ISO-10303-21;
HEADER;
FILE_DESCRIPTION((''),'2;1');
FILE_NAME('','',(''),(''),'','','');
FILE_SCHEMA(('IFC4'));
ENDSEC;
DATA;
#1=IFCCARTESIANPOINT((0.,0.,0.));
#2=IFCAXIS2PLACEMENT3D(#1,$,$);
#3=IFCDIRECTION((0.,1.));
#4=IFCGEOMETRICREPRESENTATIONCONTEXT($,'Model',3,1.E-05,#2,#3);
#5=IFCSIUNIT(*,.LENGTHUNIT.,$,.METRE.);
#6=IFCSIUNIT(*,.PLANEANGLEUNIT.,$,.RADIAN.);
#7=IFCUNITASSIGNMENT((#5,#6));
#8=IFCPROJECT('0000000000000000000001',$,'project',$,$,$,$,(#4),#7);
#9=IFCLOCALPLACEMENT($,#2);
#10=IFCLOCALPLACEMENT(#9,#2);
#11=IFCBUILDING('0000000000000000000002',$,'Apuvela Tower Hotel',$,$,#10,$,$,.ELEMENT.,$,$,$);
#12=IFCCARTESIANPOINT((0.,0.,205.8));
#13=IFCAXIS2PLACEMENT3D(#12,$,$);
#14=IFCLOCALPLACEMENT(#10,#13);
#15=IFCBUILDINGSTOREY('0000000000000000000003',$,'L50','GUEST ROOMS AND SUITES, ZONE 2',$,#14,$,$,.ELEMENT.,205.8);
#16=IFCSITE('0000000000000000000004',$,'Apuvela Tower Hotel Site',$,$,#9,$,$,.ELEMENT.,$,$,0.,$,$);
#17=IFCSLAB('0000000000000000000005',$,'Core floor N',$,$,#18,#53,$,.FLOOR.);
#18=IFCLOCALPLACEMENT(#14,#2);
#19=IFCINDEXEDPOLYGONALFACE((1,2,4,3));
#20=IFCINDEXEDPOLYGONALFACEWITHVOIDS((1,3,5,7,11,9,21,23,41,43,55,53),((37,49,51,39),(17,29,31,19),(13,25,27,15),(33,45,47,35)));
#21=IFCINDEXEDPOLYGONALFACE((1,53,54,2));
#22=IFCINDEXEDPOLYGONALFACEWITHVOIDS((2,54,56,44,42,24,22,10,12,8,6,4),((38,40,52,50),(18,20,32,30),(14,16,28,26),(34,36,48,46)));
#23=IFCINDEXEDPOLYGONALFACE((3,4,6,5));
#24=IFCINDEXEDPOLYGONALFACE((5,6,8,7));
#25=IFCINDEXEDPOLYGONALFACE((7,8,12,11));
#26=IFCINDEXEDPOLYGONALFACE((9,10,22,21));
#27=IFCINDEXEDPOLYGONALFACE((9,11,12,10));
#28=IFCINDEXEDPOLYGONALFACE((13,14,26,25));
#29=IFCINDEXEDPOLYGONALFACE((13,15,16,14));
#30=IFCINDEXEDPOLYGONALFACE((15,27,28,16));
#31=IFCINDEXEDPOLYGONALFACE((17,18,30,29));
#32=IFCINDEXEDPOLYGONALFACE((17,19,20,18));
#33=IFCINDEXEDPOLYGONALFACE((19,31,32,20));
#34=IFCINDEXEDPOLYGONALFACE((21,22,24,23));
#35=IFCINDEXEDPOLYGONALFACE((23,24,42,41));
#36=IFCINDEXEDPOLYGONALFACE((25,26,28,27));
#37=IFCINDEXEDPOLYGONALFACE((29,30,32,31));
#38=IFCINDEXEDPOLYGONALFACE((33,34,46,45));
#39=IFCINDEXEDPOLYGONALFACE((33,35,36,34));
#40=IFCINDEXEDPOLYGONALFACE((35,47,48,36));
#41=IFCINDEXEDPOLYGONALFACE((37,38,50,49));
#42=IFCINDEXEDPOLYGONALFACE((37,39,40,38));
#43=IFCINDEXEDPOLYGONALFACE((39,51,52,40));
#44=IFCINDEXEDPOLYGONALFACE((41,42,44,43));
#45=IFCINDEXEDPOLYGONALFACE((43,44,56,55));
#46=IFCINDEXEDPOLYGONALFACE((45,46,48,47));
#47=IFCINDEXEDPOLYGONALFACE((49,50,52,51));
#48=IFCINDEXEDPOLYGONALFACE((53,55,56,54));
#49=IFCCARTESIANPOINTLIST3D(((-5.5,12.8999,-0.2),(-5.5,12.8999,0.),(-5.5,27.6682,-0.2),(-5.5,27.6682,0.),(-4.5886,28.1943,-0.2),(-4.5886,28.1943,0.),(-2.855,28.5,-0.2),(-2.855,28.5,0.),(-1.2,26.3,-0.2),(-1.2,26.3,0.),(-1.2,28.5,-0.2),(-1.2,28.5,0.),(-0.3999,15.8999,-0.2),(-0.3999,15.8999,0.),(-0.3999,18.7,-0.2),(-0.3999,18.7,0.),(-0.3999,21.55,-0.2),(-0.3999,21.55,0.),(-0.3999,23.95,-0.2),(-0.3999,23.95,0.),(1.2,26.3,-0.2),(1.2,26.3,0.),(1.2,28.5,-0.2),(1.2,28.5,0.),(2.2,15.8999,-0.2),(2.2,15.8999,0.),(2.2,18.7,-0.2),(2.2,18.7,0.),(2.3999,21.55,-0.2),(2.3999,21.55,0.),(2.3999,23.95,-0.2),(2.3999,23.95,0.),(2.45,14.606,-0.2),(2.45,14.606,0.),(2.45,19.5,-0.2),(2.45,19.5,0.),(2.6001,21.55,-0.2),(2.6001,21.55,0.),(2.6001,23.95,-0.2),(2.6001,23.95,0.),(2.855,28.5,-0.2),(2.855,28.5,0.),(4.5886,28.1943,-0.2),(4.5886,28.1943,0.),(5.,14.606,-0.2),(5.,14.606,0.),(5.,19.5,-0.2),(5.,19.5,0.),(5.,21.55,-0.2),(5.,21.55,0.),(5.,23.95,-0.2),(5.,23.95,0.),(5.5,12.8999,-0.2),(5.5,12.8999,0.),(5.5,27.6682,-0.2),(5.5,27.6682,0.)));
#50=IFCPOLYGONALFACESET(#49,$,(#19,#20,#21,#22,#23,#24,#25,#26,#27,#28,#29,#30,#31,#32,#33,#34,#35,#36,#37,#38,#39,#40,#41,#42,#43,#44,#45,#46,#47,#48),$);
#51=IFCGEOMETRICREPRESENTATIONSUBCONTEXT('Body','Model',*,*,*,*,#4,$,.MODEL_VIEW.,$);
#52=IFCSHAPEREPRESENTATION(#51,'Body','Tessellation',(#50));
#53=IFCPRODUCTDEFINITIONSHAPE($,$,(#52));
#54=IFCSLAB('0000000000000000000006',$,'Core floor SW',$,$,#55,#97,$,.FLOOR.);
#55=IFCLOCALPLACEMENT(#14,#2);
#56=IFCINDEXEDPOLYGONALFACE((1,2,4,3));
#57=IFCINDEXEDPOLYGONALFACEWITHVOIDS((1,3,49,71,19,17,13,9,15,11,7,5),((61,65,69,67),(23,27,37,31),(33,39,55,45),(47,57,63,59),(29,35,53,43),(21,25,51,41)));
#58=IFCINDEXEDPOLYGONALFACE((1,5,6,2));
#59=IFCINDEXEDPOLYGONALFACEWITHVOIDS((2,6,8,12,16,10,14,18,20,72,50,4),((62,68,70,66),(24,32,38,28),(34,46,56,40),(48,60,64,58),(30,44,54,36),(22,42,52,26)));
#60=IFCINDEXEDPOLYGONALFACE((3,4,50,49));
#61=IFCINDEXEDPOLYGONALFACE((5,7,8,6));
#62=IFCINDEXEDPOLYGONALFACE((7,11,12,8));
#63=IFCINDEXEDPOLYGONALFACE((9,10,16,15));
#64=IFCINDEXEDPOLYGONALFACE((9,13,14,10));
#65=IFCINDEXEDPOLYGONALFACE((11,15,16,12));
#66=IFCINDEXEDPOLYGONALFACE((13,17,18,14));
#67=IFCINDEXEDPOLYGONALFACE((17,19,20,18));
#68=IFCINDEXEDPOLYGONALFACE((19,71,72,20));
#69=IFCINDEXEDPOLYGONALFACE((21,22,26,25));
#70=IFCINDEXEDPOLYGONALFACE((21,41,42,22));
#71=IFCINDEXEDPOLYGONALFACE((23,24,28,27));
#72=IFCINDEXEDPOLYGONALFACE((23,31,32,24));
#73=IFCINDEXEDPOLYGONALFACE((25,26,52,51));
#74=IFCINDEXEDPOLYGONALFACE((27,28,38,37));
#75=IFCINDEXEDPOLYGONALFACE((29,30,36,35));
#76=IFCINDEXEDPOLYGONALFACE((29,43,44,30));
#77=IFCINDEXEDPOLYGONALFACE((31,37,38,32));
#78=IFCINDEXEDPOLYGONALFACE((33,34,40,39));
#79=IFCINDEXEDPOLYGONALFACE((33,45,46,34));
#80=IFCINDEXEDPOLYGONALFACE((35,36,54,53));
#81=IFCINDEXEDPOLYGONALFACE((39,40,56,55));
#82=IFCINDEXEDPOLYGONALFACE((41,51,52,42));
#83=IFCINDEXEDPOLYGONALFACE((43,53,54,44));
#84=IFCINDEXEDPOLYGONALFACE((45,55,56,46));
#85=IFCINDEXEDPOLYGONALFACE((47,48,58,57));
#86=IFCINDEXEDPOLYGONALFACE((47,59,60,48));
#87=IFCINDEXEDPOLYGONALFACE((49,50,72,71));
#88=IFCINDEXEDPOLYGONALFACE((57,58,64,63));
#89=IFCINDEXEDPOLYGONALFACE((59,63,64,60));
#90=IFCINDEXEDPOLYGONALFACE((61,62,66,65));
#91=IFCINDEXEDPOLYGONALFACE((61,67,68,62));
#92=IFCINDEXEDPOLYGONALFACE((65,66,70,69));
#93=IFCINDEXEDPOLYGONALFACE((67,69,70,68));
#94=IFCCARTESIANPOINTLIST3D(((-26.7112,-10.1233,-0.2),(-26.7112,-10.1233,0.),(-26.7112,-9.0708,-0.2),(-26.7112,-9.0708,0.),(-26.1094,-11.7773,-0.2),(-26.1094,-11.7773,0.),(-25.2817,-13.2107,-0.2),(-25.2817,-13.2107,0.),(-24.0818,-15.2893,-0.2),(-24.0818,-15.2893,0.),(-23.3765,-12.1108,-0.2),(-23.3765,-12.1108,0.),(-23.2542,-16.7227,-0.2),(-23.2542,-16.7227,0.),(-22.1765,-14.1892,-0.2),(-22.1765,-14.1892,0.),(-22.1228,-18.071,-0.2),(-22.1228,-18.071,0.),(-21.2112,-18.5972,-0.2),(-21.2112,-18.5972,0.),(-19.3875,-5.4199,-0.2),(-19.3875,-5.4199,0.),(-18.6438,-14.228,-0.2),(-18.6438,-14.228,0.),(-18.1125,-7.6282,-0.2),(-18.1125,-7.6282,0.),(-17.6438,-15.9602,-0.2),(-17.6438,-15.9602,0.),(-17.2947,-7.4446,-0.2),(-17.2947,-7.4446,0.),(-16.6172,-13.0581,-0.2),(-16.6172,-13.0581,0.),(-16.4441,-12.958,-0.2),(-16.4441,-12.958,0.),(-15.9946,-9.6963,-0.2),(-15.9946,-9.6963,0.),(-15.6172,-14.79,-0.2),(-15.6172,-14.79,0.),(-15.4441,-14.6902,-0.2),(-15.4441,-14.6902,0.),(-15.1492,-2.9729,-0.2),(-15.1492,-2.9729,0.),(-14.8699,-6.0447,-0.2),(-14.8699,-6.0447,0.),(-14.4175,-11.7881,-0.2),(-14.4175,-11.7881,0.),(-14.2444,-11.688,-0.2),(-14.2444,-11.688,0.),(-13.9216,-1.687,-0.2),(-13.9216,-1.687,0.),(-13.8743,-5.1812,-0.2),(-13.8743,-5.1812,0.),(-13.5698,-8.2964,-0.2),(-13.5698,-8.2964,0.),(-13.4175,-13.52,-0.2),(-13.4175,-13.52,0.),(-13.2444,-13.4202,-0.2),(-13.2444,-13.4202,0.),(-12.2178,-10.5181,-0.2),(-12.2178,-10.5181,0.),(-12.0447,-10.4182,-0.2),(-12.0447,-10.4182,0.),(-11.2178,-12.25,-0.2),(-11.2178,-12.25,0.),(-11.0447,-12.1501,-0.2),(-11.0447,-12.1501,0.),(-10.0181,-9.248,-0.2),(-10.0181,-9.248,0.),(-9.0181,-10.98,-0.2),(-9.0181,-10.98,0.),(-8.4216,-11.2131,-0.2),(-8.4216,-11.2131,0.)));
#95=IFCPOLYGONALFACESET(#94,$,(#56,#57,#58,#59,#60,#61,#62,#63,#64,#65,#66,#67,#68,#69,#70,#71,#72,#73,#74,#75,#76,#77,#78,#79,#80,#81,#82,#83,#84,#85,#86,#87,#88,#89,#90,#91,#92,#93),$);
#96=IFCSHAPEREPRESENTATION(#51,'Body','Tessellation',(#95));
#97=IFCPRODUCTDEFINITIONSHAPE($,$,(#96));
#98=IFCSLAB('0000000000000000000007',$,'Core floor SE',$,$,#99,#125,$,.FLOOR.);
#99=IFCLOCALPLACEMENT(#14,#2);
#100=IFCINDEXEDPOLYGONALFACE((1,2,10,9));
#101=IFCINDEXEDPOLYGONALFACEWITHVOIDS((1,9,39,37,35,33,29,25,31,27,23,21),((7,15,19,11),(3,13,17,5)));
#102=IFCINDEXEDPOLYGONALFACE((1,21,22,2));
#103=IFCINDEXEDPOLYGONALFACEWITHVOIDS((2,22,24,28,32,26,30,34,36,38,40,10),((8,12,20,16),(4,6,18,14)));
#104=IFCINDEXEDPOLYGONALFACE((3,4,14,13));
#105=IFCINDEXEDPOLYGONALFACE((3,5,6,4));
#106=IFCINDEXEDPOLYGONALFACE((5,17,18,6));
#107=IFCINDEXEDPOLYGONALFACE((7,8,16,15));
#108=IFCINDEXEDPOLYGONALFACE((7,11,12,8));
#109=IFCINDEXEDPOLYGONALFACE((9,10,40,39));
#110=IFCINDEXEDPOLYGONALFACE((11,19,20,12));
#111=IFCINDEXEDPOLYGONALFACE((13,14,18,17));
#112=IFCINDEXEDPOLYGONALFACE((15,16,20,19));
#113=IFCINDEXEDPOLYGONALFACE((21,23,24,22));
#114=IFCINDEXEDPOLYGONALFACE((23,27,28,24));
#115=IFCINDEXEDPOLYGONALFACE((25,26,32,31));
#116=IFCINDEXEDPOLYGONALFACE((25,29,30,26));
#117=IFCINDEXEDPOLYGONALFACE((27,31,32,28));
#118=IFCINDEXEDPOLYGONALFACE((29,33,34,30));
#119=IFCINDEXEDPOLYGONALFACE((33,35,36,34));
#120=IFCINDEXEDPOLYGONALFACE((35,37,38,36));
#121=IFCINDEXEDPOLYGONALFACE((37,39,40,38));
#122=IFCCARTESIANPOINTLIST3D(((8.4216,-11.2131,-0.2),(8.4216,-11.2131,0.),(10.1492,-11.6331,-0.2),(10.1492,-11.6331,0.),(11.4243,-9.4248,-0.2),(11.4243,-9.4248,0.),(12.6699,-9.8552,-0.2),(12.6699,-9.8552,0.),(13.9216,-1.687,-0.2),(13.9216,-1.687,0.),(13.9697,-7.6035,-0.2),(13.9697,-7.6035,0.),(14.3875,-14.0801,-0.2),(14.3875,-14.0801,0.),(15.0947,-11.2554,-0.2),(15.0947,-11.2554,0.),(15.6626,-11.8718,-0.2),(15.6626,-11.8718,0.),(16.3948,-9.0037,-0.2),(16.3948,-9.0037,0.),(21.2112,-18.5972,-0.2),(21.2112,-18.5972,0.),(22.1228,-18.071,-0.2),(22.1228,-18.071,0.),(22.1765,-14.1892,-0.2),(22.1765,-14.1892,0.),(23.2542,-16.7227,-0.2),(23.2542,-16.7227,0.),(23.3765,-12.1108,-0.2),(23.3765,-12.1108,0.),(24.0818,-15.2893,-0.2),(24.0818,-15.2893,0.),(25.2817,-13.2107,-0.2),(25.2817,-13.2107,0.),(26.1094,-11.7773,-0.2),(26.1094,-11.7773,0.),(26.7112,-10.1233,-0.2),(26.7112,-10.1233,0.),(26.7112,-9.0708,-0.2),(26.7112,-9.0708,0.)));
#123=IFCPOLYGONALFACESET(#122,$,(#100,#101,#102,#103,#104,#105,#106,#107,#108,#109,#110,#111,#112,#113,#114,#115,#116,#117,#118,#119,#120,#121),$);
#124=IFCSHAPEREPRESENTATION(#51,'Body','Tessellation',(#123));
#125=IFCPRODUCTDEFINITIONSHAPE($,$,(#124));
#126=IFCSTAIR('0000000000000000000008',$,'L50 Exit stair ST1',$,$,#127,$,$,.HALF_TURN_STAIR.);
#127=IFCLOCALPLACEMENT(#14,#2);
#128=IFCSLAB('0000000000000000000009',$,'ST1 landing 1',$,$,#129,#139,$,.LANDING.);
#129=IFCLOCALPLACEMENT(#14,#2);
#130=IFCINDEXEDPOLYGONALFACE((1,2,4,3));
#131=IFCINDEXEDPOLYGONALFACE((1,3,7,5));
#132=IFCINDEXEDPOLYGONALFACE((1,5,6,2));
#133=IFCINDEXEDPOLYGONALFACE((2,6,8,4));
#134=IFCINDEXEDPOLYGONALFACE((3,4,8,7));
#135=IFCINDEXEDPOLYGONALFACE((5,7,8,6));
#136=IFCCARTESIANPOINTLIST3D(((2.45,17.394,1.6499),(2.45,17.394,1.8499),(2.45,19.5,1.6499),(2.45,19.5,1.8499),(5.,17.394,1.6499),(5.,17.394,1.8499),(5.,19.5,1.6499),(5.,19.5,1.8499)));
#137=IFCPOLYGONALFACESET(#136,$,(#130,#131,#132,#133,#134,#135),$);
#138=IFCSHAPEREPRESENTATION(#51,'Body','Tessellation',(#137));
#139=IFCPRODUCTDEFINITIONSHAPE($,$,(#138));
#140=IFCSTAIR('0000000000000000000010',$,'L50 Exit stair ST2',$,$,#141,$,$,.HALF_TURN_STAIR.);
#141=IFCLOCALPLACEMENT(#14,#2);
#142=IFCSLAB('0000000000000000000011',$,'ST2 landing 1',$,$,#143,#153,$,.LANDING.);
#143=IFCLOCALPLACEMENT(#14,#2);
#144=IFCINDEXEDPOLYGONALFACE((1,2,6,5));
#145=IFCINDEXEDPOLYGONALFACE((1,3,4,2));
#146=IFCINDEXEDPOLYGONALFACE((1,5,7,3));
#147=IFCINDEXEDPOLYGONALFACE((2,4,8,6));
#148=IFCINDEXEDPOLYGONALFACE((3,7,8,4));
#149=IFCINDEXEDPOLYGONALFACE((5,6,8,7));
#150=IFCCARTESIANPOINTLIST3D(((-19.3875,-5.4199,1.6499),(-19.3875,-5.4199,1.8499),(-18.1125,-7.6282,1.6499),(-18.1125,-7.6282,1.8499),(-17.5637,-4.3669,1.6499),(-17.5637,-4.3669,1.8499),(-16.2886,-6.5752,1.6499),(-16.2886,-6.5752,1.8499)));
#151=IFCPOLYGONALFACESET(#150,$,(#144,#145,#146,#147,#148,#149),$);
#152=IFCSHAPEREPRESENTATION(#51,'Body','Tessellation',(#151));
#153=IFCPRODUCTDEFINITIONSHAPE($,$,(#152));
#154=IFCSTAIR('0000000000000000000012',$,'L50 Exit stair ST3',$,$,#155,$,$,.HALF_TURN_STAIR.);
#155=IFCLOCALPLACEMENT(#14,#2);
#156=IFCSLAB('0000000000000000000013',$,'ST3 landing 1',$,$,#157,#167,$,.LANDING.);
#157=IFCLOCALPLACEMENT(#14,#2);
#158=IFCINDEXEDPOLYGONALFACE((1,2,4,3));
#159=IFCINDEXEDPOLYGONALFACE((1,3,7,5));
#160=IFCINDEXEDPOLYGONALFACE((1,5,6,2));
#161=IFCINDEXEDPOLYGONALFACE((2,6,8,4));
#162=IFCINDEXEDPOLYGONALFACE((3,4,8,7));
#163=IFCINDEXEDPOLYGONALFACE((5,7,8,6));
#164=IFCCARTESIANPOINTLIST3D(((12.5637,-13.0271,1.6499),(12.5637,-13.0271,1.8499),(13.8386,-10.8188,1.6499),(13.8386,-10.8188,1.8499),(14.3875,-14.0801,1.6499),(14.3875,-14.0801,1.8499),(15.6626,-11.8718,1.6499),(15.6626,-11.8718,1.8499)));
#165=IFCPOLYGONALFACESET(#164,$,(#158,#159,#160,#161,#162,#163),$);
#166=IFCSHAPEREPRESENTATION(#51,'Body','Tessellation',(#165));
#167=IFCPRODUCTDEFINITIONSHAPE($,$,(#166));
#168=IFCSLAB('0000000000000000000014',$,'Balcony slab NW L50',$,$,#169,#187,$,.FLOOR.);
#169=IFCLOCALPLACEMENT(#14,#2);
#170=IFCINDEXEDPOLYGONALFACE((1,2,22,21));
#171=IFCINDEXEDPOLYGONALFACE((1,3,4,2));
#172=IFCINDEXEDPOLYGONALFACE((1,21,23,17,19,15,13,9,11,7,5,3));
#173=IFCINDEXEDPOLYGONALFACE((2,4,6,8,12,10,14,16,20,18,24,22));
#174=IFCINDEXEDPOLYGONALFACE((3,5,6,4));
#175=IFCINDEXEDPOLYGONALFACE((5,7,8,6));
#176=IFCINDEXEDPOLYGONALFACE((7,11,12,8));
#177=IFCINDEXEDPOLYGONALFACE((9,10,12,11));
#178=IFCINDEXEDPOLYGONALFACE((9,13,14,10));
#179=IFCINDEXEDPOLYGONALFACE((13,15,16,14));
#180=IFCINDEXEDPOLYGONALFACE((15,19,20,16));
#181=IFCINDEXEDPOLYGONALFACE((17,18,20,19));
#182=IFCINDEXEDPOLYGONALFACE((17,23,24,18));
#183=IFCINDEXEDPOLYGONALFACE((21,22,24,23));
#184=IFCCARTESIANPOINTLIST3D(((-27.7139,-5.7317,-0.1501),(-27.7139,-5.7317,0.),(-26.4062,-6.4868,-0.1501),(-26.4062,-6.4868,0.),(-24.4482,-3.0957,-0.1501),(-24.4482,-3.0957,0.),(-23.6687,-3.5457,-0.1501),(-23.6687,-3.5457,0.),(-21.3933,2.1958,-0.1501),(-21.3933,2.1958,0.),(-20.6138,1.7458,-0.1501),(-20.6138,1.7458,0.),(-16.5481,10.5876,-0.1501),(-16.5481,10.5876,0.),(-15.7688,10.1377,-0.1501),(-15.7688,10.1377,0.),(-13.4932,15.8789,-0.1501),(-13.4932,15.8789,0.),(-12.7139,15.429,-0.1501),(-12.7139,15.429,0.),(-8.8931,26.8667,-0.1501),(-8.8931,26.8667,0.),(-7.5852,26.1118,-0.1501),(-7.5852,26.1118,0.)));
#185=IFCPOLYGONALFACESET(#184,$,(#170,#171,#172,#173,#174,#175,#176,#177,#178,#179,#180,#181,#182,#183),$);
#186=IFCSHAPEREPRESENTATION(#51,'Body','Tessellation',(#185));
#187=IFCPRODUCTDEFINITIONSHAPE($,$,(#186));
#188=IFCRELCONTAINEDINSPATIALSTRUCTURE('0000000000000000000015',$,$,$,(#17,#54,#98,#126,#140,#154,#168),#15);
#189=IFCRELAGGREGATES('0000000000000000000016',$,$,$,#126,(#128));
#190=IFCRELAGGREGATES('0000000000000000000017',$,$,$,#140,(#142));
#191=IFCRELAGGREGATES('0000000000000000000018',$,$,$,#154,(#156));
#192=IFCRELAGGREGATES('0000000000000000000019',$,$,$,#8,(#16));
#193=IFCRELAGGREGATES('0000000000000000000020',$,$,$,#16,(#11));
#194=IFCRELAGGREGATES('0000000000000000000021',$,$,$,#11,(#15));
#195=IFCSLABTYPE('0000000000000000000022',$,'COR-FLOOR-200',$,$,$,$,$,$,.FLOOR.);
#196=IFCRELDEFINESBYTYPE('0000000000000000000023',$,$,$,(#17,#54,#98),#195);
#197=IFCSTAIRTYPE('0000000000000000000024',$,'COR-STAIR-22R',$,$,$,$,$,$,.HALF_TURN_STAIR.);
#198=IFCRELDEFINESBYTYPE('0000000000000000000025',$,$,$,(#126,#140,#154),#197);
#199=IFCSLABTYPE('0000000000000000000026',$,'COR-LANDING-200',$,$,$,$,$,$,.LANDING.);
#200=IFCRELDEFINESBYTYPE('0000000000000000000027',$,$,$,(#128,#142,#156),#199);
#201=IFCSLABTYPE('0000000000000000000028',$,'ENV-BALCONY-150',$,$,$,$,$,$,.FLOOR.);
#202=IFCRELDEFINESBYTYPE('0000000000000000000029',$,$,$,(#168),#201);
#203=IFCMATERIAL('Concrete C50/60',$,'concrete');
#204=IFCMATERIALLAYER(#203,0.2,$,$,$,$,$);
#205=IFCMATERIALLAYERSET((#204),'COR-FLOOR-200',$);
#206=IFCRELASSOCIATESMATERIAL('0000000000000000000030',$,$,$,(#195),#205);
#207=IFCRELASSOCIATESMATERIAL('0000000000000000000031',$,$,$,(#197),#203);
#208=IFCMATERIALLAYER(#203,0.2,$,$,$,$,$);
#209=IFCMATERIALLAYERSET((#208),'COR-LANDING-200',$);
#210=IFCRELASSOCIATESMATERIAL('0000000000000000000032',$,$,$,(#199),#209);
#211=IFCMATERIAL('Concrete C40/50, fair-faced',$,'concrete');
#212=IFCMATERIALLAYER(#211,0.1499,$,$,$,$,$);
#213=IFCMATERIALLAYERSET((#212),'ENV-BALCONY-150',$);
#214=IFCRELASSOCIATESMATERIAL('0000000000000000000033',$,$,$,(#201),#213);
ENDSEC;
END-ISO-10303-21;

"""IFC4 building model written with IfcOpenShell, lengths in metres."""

from ifc_helpers import new_model, si_unit, direction, frame, origin, place, context, subcontext, project, spatial, polyline, outline, extrude, material, layer, layer_set, type_object, element, aggregate, save


model = new_model("IFC4")

# Units and contexts
model_context = context("Model", 3, precision=1e-05, world=origin(), true_north=direction((0.0, 1.0)))
body_context = subcontext(model_context, "Body", "Model", "MODEL_VIEW")
ifc_project = project(units=[si_unit("LENGTHUNIT", "METRE"), si_unit("PLANEANGLEUNIT", "RADIAN")], contexts=[model_context])

# Site, building, storey
site_placement = place(None, origin())
site = spatial("IfcSite", under=ifc_project, at=site_placement, Name="Apuvela Tower Hotel Site", CompositionType="ELEMENT", RefElevation=0.0)
building_placement = place(site_placement, origin())
building = spatial("IfcBuilding", under=site, at=building_placement, Name="Apuvela Tower Hotel", CompositionType="ELEMENT")
storey_placement = place(building_placement, frame((0.0, 0.0, 205.8)))
storey = spatial("IfcBuildingStorey", under=building, at=storey_placement, Name="L50", Description="GUEST ROOMS AND SUITES, ZONE 2", CompositionType="ELEMENT", Elevation=205.8)

# Slabs
ifc_material_1 = material(Name="Concrete C50/60", Category="concrete")
ifc_layer_1 = layer(ifc_material_1, 0.2)
ifc_layer_set_1 = layer_set([ifc_layer_1], Name="COR-FLOOR-200")
slab_type_1 = type_object("IfcSlabType", Name="COR-FLOOR-200", PredefinedType="FLOOR", material=ifc_layer_set_1)
slab_1_placement = place(storey_placement, frame((0.0, 0.0, -0.2)))
element("IfcSlab", 1, at=slab_1_placement, inside=storey, type_object=slab_type_1, Name="Core floor N", PredefinedType="FLOOR", context=body_context, shape_type="SweptSolid", body=[
    extrude(outline(polyline([(5.5, 27.6682), (4.5886, 28.1943), (2.855, 28.5), (1.2, 28.5), (1.2, 26.3), (-1.2, 26.3), (-1.2, 28.5), (-2.855, 28.5), (-4.5886, 28.1943), (-5.5, 27.6682), (-5.5, 12.8999), (5.5, 12.8999), (5.5, 27.6682)]), holes=[polyline([(5.0, 14.606), (2.45, 14.606), (2.45, 19.5), (5.0, 19.5), (5.0, 14.606)]), polyline([(2.2, 15.8999), (-0.3999, 15.8999), (-0.3999, 18.7), (2.2, 18.7), (2.2, 15.8999)]), polyline([(5.0, 21.55), (2.6001, 21.55), (2.6001, 23.95), (5.0, 23.95), (5.0, 21.55)]), polyline([(2.3999, 21.55), (-0.3999, 21.55), (-0.3999, 23.95), (2.3999, 23.95), (2.3999, 21.55)])]), origin(), (0.0, 0.0, 1.0), 0.2),
])
slab_2_placement = place(storey_placement, frame((0.0, 0.0, -0.2)))
element("IfcSlab", 2, at=slab_2_placement, inside=storey, type_object=slab_type_1, Name="Core floor SW", PredefinedType="FLOOR", context=body_context, shape_type="SweptSolid", body=[
    extrude(outline(polyline([(-26.7112, -9.0708), (-26.7112, -10.1233), (-26.1094, -11.7773), (-25.2817, -13.2107), (-23.3765, -12.1108), (-22.1765, -14.1892), (-24.0818, -15.2893), (-23.2542, -16.7227), (-22.1228, -18.071), (-21.2112, -18.5972), (-8.4216, -11.2131), (-13.9216, -1.687), (-26.7112, -9.0708)]), holes=[polyline([(-10.0181, -9.248), (-9.0181, -10.98), (-11.0447, -12.1501), (-12.0447, -10.4182), (-10.0181, -9.248)]), polyline([(-14.2444, -11.688), (-12.2178, -10.5181), (-11.2178, -12.25), (-13.2444, -13.4202), (-14.2444, -11.688)]), polyline([(-19.3875, -5.4199), (-15.1492, -2.9729), (-13.8743, -5.1812), (-18.1125, -7.6282), (-19.3875, -5.4199)]), polyline([(-14.8699, -6.0447), (-13.5698, -8.2964), (-15.9946, -9.6963), (-17.2947, -7.4446), (-14.8699, -6.0447)]), polyline([(-16.4441, -12.958), (-14.4175, -11.7881), (-13.4175, -13.52), (-15.4441, -14.6902), (-16.4441, -12.958)]), polyline([(-18.6438, -14.228), (-16.6172, -13.0581), (-15.6172, -14.79), (-17.6438, -15.9602), (-18.6438, -14.228)])]), origin(), (0.0, 0.0, 1.0), 0.2),
])
slab_3_placement = place(storey_placement, frame((0.0, 0.0, -0.2)))
element("IfcSlab", 3, at=slab_3_placement, inside=storey, type_object=slab_type_1, Name="Core floor SE", PredefinedType="FLOOR", context=body_context, shape_type="SweptSolid", body=[
    extrude(outline(polyline([(21.2112, -18.5972), (22.1228, -18.071), (23.2542, -16.7227), (24.0818, -15.2893), (22.1765, -14.1892), (23.3765, -12.1108), (25.2817, -13.2107), (26.1094, -11.7773), (26.7112, -10.1233), (26.7112, -9.0708), (13.9216, -1.687), (8.4216, -11.2131), (21.2112, -18.5972)]), holes=[polyline([(11.4243, -9.4248), (15.6626, -11.8718), (14.3875, -14.0801), (10.1492, -11.6331), (11.4243, -9.4248)]), polyline([(13.9697, -7.6035), (16.3948, -9.0037), (15.0947, -11.2554), (12.6699, -9.8552), (13.9697, -7.6035)])]), origin(), (0.0, 0.0, 1.0), 0.2),
])

# Stairs, slabs
stair_type = type_object("IfcStairType", Name="COR-STAIR-22R", PredefinedType="HALF_TURN_STAIR", material=ifc_material_1)
stair_1_placement = place(storey_placement, origin())
stair_1 = element("IfcStair", 4, at=stair_1_placement, inside=storey, type_object=stair_type, Name="L50 Exit stair ST1", PredefinedType="HALF_TURN_STAIR")
ifc_layer_2 = layer(ifc_material_1, 0.2)
ifc_layer_set_2 = layer_set([ifc_layer_2], Name="COR-LANDING-200")
slab_type_2 = type_object("IfcSlabType", Name="COR-LANDING-200", PredefinedType="LANDING", material=ifc_layer_set_2)
slab_4_placement = place(storey_placement, frame((0.0, 0.0, 1.6499)))
slab_4 = element("IfcSlab", 5, at=slab_4_placement, type_object=slab_type_2, Name="ST1 landing 1", PredefinedType="LANDING", context=body_context, shape_type="SweptSolid", body=[
    extrude(outline(polyline([(5.0, 17.394), (5.0, 19.5), (2.45, 19.5), (2.45, 17.394), (5.0, 17.394)])), origin(), (0.0, 0.0, 1.0), 0.2),
])
aggregate(stair_1, [slab_4])
stair_2_placement = place(storey_placement, origin())
stair_2 = element("IfcStair", 6, at=stair_2_placement, inside=storey, type_object=stair_type, Name="L50 Exit stair ST2", PredefinedType="HALF_TURN_STAIR")
slab_5_placement = place(storey_placement, frame((0.0, 0.0, 1.6499)))
slab_5 = element("IfcSlab", 7, at=slab_5_placement, type_object=slab_type_2, Name="ST2 landing 1", PredefinedType="LANDING", context=body_context, shape_type="SweptSolid", body=[
    extrude(outline(polyline([(-17.5637, -4.3669), (-19.3875, -5.4199), (-18.1125, -7.6282), (-16.2886, -6.5752), (-17.5637, -4.3669)])), origin(), (0.0, 0.0, 1.0), 0.2),
])
aggregate(stair_2, [slab_5])
stair_3_placement = place(storey_placement, origin())
stair_3 = element("IfcStair", 8, at=stair_3_placement, inside=storey, type_object=stair_type, Name="L50 Exit stair ST3", PredefinedType="HALF_TURN_STAIR")
slab_6_placement = place(storey_placement, frame((0.0, 0.0, 1.6499)))
slab_6 = element("IfcSlab", 9, at=slab_6_placement, type_object=slab_type_2, Name="ST3 landing 1", PredefinedType="LANDING", context=body_context, shape_type="SweptSolid", body=[
    extrude(outline(polyline([(12.5637, -13.0271), (14.3875, -14.0801), (15.6626, -11.8718), (13.8386, -10.8188), (12.5637, -13.0271)])), origin(), (0.0, 0.0, 1.0), 0.2),
])
aggregate(stair_3, [slab_6])

# Slab
ifc_material_2 = material(Name="Concrete C40/50, fair-faced", Category="concrete")
ifc_layer_3 = layer(ifc_material_2, 0.1499)
ifc_layer_set_3 = layer_set([ifc_layer_3], Name="ENV-BALCONY-150")
slab_type_3 = type_object("IfcSlabType", Name="ENV-BALCONY-150", PredefinedType="FLOOR", material=ifc_layer_set_3)
slab_7_placement = place(storey_placement, frame((0.0, 0.0, -0.1501)))
element("IfcSlab", 10, at=slab_7_placement, inside=storey, type_object=slab_type_3, Name="Balcony slab NW L50", PredefinedType="FLOOR", context=body_context, shape_type="SweptSolid", body=[
    extrude(outline(polyline([(-27.7139, -5.7317), (-8.8931, 26.8667), (-7.5852, 26.1118), (-13.4932, 15.8789), (-12.7139, 15.429), (-15.7688, 10.1377), (-16.5481, 10.5876), (-21.3933, 2.1958), (-20.6138, 1.7458), (-23.6687, -3.5457), (-24.4482, -3.0957), (-26.4062, -6.4868), (-27.7139, -5.7317)])), origin(), (0.0, 0.0, 1.0), 0.1501),
])

save(model, "model.ifc")
